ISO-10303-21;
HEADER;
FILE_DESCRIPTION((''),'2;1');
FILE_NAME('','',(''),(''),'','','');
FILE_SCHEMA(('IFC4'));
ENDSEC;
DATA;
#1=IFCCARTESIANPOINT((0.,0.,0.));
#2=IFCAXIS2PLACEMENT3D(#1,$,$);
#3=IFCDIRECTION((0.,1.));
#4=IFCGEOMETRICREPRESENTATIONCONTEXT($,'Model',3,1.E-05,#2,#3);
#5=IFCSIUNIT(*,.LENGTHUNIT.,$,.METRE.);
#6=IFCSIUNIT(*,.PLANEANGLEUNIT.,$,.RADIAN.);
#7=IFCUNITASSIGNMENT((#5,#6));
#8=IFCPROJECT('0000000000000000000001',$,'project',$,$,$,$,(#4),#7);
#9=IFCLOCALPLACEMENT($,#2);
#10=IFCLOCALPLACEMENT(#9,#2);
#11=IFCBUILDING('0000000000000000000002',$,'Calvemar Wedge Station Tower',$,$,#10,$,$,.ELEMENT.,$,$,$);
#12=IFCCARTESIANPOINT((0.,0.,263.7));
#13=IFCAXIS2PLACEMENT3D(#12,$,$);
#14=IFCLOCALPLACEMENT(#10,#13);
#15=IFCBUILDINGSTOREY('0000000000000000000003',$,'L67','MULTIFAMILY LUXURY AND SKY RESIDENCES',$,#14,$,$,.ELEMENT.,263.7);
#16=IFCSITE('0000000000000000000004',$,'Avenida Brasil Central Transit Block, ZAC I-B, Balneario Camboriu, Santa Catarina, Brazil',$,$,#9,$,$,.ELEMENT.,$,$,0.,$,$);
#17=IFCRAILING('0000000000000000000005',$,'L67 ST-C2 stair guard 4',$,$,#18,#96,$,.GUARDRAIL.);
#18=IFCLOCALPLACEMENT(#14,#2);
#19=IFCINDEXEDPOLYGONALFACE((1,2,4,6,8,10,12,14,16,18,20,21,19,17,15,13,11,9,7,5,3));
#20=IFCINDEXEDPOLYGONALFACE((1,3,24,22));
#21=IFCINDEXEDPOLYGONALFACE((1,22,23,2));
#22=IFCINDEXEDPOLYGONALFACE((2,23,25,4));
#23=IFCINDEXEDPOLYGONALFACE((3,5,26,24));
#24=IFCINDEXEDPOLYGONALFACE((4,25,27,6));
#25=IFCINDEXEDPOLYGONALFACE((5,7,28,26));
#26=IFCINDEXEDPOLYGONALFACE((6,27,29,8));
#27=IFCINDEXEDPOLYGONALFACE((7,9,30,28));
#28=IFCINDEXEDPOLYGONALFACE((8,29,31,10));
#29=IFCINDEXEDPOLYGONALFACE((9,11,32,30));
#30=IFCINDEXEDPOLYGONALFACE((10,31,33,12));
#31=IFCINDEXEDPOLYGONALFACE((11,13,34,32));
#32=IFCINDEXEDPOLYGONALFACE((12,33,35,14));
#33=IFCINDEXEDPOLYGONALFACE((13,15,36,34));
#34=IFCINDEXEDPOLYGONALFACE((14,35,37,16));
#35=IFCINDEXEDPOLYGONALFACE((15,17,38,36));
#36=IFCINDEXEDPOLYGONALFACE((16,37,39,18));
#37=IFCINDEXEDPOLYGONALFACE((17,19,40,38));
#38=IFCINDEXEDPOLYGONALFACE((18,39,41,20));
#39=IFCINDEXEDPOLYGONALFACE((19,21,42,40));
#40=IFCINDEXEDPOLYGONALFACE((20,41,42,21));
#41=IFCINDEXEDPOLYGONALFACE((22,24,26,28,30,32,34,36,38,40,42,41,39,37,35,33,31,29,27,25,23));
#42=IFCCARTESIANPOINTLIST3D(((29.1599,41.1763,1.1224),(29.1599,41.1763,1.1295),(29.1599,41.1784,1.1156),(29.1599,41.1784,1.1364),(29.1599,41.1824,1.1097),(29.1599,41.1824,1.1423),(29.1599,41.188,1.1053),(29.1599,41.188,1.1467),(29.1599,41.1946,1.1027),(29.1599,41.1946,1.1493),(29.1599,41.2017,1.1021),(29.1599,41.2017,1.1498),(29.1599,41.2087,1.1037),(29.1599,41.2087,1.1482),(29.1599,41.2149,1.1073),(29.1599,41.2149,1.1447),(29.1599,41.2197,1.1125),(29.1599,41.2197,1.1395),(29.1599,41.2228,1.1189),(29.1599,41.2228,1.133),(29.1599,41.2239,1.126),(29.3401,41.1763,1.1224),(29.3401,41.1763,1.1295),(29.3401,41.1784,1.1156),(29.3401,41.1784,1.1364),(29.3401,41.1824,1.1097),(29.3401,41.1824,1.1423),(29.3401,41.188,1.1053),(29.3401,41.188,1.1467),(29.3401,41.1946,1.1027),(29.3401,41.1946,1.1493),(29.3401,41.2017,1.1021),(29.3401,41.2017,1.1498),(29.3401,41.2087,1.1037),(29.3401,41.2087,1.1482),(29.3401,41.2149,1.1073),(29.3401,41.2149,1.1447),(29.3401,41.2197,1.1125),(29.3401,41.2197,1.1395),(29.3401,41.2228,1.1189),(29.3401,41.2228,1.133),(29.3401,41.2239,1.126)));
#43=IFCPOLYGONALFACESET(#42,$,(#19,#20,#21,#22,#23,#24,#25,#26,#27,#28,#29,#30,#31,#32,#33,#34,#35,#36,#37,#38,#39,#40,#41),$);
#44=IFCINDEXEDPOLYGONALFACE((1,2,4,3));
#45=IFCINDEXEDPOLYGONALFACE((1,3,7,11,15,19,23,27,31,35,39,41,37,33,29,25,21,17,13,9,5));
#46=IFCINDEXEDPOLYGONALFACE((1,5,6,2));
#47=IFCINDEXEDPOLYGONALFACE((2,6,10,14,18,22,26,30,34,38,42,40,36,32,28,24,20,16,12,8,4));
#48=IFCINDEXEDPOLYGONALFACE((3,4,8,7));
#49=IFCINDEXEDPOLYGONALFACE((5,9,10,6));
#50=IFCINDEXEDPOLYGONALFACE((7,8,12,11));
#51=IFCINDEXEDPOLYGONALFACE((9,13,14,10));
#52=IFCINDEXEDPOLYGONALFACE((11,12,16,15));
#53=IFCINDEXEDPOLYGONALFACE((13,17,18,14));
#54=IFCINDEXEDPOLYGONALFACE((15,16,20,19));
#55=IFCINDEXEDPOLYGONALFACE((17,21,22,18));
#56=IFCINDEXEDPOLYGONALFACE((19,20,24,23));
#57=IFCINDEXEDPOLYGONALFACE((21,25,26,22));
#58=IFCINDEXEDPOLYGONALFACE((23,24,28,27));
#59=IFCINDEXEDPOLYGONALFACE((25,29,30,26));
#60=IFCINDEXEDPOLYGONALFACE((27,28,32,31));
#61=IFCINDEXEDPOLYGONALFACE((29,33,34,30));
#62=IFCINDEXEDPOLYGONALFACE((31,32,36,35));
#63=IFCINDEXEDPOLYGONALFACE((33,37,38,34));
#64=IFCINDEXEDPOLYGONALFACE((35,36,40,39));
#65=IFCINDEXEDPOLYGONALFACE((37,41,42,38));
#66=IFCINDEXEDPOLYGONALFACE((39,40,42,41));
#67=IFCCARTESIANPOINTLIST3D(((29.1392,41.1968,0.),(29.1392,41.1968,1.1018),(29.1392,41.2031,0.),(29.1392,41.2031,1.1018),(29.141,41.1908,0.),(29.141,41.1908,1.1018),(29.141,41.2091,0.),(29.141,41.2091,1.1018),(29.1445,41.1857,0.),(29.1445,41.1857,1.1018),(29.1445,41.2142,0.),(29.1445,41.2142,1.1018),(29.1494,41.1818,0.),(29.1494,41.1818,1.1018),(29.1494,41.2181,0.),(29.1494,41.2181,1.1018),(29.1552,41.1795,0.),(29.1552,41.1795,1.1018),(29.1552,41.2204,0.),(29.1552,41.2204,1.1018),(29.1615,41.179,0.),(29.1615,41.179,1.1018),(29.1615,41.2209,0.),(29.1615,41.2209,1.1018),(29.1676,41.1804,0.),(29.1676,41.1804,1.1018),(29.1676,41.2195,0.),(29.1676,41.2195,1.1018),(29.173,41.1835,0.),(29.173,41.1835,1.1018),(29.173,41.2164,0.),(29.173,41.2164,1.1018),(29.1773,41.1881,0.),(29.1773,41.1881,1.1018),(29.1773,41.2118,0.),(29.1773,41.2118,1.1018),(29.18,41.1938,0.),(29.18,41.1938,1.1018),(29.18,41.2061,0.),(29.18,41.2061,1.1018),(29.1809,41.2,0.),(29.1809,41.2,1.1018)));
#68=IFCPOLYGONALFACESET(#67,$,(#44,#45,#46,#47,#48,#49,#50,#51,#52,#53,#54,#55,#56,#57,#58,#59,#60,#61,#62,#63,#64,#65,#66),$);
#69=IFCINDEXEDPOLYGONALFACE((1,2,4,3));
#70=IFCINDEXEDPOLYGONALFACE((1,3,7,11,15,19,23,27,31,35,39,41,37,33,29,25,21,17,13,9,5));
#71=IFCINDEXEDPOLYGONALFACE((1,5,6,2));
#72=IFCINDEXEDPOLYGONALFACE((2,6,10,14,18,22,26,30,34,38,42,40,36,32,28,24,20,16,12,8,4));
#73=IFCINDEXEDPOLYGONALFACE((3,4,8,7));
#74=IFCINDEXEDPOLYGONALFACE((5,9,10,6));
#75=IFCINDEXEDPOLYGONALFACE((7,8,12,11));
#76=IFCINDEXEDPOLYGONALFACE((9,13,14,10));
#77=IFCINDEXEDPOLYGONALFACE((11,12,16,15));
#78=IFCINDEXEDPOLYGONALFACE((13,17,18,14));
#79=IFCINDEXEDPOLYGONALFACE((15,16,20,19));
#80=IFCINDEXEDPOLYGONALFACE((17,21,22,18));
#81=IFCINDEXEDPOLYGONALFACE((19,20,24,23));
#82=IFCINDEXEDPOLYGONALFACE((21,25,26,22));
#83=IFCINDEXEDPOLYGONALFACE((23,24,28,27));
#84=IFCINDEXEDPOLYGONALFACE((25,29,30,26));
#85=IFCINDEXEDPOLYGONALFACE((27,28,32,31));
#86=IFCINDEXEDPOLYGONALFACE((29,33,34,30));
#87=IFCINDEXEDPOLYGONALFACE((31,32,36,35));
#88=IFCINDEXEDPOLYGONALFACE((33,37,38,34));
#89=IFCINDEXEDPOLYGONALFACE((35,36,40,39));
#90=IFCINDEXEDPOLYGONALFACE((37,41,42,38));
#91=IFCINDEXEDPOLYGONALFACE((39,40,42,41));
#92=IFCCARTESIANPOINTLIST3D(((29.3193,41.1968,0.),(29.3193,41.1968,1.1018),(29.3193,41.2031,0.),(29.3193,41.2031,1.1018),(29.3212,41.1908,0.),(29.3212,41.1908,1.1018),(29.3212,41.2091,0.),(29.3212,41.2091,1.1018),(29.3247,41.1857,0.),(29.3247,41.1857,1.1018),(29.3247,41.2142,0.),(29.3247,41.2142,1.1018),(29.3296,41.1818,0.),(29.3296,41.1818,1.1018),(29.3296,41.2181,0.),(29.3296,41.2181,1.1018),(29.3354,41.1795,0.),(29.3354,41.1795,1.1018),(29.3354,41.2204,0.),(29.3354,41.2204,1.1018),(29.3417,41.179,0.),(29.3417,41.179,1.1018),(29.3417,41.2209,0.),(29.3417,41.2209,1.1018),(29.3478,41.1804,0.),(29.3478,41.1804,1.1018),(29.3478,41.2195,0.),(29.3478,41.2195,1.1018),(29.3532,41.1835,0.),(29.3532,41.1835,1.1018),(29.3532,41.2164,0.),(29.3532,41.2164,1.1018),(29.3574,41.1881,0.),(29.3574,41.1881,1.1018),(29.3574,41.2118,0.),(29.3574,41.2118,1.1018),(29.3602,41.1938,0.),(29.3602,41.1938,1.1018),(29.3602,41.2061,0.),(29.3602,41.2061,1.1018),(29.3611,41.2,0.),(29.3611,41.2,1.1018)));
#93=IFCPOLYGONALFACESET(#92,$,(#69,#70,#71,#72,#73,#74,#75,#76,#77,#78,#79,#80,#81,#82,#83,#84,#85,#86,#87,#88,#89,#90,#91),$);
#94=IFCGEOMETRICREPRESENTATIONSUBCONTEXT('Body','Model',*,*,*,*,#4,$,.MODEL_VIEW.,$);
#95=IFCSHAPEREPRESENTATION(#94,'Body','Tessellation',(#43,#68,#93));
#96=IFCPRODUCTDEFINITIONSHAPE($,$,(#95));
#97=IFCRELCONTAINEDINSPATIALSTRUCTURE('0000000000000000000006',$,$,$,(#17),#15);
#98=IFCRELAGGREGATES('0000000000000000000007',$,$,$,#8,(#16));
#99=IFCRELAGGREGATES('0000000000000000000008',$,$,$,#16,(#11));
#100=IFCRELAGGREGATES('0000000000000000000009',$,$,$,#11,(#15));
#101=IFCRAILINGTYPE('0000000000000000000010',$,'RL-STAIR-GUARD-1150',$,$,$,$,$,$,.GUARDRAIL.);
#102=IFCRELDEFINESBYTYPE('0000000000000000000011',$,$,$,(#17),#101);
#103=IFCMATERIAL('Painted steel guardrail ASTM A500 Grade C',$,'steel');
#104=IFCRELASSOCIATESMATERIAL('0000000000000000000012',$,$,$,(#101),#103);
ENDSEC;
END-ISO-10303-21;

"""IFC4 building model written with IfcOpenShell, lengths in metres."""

from ifc_helpers import new_model, si_unit, direction, frame, origin, origin_2d, place, context, subcontext, project, spatial, circle, extrude, material, type_object, element, save


model = new_model("IFC4")

# Units and contexts
model_context = context("Model", 3, precision=1e-05, world=origin(), true_north=direction((0.0, 1.0)))
body_context = subcontext(model_context, "Body", "Model", "MODEL_VIEW")
ifc_project = project(units=[si_unit("LENGTHUNIT", "METRE"), si_unit("PLANEANGLEUNIT", "RADIAN")], contexts=[model_context])

# Site, building, storey
site_placement = place(None, origin())
site = spatial("IfcSite", under=ifc_project, at=site_placement, Name="Avenida Brasil Central Transit Block, ZAC I-B, Balneario Camboriu, Santa Catarina, Brazil", CompositionType="ELEMENT", RefElevation=0.0)
building_placement = place(site_placement, origin())
building = spatial("IfcBuilding", under=site, at=building_placement, Name="Calvemar Wedge Station Tower", CompositionType="ELEMENT")
storey_placement = place(building_placement, frame((0.0, 0.0, 263.7)))
storey = spatial("IfcBuildingStorey", under=building, at=storey_placement, Name="L67", Description="MULTIFAMILY LUXURY AND SKY RESIDENCES", CompositionType="ELEMENT", Elevation=263.7)

# Railing
ifc_material_1 = material(Name="Painted steel guardrail ASTM A500 Grade C", Category="steel")
railing_type_1 = type_object("IfcRailingType", Name="RL-STAIR-GUARD-1150", PredefinedType="GUARDRAIL", material=ifc_material_1)
railing_1_placement = place(storey_placement, frame((29.1599, 41.2, 0.0)))
element("IfcRailing", 1, at=railing_1_placement, inside=storey, type_object=railing_type_1, Name="L67 ST-C2 stair guard 4", PredefinedType="GUARDRAIL", context=body_context, shape_type="SweptSolid", body=[
    extrude(circle(Radius=0.0239, at=origin_2d()), frame((0.0, 0.0, 1.126), z_axis=(1.0, 0.0, 0.0), x_axis=(0.0, 1.0, 0.0)), (0.0, 0.0, 1.0), 0.1802),
    extrude(circle(Radius=0.021, at=origin_2d()), origin(), (0.0, 0.0, 1.0), 1.1018),
    extrude(circle(Radius=0.021, at=origin_2d()), frame((0.1802, 0.0, 0.0)), (0.0, 0.0, 1.0), 1.1018),
])

save(model, "model.ifc")
